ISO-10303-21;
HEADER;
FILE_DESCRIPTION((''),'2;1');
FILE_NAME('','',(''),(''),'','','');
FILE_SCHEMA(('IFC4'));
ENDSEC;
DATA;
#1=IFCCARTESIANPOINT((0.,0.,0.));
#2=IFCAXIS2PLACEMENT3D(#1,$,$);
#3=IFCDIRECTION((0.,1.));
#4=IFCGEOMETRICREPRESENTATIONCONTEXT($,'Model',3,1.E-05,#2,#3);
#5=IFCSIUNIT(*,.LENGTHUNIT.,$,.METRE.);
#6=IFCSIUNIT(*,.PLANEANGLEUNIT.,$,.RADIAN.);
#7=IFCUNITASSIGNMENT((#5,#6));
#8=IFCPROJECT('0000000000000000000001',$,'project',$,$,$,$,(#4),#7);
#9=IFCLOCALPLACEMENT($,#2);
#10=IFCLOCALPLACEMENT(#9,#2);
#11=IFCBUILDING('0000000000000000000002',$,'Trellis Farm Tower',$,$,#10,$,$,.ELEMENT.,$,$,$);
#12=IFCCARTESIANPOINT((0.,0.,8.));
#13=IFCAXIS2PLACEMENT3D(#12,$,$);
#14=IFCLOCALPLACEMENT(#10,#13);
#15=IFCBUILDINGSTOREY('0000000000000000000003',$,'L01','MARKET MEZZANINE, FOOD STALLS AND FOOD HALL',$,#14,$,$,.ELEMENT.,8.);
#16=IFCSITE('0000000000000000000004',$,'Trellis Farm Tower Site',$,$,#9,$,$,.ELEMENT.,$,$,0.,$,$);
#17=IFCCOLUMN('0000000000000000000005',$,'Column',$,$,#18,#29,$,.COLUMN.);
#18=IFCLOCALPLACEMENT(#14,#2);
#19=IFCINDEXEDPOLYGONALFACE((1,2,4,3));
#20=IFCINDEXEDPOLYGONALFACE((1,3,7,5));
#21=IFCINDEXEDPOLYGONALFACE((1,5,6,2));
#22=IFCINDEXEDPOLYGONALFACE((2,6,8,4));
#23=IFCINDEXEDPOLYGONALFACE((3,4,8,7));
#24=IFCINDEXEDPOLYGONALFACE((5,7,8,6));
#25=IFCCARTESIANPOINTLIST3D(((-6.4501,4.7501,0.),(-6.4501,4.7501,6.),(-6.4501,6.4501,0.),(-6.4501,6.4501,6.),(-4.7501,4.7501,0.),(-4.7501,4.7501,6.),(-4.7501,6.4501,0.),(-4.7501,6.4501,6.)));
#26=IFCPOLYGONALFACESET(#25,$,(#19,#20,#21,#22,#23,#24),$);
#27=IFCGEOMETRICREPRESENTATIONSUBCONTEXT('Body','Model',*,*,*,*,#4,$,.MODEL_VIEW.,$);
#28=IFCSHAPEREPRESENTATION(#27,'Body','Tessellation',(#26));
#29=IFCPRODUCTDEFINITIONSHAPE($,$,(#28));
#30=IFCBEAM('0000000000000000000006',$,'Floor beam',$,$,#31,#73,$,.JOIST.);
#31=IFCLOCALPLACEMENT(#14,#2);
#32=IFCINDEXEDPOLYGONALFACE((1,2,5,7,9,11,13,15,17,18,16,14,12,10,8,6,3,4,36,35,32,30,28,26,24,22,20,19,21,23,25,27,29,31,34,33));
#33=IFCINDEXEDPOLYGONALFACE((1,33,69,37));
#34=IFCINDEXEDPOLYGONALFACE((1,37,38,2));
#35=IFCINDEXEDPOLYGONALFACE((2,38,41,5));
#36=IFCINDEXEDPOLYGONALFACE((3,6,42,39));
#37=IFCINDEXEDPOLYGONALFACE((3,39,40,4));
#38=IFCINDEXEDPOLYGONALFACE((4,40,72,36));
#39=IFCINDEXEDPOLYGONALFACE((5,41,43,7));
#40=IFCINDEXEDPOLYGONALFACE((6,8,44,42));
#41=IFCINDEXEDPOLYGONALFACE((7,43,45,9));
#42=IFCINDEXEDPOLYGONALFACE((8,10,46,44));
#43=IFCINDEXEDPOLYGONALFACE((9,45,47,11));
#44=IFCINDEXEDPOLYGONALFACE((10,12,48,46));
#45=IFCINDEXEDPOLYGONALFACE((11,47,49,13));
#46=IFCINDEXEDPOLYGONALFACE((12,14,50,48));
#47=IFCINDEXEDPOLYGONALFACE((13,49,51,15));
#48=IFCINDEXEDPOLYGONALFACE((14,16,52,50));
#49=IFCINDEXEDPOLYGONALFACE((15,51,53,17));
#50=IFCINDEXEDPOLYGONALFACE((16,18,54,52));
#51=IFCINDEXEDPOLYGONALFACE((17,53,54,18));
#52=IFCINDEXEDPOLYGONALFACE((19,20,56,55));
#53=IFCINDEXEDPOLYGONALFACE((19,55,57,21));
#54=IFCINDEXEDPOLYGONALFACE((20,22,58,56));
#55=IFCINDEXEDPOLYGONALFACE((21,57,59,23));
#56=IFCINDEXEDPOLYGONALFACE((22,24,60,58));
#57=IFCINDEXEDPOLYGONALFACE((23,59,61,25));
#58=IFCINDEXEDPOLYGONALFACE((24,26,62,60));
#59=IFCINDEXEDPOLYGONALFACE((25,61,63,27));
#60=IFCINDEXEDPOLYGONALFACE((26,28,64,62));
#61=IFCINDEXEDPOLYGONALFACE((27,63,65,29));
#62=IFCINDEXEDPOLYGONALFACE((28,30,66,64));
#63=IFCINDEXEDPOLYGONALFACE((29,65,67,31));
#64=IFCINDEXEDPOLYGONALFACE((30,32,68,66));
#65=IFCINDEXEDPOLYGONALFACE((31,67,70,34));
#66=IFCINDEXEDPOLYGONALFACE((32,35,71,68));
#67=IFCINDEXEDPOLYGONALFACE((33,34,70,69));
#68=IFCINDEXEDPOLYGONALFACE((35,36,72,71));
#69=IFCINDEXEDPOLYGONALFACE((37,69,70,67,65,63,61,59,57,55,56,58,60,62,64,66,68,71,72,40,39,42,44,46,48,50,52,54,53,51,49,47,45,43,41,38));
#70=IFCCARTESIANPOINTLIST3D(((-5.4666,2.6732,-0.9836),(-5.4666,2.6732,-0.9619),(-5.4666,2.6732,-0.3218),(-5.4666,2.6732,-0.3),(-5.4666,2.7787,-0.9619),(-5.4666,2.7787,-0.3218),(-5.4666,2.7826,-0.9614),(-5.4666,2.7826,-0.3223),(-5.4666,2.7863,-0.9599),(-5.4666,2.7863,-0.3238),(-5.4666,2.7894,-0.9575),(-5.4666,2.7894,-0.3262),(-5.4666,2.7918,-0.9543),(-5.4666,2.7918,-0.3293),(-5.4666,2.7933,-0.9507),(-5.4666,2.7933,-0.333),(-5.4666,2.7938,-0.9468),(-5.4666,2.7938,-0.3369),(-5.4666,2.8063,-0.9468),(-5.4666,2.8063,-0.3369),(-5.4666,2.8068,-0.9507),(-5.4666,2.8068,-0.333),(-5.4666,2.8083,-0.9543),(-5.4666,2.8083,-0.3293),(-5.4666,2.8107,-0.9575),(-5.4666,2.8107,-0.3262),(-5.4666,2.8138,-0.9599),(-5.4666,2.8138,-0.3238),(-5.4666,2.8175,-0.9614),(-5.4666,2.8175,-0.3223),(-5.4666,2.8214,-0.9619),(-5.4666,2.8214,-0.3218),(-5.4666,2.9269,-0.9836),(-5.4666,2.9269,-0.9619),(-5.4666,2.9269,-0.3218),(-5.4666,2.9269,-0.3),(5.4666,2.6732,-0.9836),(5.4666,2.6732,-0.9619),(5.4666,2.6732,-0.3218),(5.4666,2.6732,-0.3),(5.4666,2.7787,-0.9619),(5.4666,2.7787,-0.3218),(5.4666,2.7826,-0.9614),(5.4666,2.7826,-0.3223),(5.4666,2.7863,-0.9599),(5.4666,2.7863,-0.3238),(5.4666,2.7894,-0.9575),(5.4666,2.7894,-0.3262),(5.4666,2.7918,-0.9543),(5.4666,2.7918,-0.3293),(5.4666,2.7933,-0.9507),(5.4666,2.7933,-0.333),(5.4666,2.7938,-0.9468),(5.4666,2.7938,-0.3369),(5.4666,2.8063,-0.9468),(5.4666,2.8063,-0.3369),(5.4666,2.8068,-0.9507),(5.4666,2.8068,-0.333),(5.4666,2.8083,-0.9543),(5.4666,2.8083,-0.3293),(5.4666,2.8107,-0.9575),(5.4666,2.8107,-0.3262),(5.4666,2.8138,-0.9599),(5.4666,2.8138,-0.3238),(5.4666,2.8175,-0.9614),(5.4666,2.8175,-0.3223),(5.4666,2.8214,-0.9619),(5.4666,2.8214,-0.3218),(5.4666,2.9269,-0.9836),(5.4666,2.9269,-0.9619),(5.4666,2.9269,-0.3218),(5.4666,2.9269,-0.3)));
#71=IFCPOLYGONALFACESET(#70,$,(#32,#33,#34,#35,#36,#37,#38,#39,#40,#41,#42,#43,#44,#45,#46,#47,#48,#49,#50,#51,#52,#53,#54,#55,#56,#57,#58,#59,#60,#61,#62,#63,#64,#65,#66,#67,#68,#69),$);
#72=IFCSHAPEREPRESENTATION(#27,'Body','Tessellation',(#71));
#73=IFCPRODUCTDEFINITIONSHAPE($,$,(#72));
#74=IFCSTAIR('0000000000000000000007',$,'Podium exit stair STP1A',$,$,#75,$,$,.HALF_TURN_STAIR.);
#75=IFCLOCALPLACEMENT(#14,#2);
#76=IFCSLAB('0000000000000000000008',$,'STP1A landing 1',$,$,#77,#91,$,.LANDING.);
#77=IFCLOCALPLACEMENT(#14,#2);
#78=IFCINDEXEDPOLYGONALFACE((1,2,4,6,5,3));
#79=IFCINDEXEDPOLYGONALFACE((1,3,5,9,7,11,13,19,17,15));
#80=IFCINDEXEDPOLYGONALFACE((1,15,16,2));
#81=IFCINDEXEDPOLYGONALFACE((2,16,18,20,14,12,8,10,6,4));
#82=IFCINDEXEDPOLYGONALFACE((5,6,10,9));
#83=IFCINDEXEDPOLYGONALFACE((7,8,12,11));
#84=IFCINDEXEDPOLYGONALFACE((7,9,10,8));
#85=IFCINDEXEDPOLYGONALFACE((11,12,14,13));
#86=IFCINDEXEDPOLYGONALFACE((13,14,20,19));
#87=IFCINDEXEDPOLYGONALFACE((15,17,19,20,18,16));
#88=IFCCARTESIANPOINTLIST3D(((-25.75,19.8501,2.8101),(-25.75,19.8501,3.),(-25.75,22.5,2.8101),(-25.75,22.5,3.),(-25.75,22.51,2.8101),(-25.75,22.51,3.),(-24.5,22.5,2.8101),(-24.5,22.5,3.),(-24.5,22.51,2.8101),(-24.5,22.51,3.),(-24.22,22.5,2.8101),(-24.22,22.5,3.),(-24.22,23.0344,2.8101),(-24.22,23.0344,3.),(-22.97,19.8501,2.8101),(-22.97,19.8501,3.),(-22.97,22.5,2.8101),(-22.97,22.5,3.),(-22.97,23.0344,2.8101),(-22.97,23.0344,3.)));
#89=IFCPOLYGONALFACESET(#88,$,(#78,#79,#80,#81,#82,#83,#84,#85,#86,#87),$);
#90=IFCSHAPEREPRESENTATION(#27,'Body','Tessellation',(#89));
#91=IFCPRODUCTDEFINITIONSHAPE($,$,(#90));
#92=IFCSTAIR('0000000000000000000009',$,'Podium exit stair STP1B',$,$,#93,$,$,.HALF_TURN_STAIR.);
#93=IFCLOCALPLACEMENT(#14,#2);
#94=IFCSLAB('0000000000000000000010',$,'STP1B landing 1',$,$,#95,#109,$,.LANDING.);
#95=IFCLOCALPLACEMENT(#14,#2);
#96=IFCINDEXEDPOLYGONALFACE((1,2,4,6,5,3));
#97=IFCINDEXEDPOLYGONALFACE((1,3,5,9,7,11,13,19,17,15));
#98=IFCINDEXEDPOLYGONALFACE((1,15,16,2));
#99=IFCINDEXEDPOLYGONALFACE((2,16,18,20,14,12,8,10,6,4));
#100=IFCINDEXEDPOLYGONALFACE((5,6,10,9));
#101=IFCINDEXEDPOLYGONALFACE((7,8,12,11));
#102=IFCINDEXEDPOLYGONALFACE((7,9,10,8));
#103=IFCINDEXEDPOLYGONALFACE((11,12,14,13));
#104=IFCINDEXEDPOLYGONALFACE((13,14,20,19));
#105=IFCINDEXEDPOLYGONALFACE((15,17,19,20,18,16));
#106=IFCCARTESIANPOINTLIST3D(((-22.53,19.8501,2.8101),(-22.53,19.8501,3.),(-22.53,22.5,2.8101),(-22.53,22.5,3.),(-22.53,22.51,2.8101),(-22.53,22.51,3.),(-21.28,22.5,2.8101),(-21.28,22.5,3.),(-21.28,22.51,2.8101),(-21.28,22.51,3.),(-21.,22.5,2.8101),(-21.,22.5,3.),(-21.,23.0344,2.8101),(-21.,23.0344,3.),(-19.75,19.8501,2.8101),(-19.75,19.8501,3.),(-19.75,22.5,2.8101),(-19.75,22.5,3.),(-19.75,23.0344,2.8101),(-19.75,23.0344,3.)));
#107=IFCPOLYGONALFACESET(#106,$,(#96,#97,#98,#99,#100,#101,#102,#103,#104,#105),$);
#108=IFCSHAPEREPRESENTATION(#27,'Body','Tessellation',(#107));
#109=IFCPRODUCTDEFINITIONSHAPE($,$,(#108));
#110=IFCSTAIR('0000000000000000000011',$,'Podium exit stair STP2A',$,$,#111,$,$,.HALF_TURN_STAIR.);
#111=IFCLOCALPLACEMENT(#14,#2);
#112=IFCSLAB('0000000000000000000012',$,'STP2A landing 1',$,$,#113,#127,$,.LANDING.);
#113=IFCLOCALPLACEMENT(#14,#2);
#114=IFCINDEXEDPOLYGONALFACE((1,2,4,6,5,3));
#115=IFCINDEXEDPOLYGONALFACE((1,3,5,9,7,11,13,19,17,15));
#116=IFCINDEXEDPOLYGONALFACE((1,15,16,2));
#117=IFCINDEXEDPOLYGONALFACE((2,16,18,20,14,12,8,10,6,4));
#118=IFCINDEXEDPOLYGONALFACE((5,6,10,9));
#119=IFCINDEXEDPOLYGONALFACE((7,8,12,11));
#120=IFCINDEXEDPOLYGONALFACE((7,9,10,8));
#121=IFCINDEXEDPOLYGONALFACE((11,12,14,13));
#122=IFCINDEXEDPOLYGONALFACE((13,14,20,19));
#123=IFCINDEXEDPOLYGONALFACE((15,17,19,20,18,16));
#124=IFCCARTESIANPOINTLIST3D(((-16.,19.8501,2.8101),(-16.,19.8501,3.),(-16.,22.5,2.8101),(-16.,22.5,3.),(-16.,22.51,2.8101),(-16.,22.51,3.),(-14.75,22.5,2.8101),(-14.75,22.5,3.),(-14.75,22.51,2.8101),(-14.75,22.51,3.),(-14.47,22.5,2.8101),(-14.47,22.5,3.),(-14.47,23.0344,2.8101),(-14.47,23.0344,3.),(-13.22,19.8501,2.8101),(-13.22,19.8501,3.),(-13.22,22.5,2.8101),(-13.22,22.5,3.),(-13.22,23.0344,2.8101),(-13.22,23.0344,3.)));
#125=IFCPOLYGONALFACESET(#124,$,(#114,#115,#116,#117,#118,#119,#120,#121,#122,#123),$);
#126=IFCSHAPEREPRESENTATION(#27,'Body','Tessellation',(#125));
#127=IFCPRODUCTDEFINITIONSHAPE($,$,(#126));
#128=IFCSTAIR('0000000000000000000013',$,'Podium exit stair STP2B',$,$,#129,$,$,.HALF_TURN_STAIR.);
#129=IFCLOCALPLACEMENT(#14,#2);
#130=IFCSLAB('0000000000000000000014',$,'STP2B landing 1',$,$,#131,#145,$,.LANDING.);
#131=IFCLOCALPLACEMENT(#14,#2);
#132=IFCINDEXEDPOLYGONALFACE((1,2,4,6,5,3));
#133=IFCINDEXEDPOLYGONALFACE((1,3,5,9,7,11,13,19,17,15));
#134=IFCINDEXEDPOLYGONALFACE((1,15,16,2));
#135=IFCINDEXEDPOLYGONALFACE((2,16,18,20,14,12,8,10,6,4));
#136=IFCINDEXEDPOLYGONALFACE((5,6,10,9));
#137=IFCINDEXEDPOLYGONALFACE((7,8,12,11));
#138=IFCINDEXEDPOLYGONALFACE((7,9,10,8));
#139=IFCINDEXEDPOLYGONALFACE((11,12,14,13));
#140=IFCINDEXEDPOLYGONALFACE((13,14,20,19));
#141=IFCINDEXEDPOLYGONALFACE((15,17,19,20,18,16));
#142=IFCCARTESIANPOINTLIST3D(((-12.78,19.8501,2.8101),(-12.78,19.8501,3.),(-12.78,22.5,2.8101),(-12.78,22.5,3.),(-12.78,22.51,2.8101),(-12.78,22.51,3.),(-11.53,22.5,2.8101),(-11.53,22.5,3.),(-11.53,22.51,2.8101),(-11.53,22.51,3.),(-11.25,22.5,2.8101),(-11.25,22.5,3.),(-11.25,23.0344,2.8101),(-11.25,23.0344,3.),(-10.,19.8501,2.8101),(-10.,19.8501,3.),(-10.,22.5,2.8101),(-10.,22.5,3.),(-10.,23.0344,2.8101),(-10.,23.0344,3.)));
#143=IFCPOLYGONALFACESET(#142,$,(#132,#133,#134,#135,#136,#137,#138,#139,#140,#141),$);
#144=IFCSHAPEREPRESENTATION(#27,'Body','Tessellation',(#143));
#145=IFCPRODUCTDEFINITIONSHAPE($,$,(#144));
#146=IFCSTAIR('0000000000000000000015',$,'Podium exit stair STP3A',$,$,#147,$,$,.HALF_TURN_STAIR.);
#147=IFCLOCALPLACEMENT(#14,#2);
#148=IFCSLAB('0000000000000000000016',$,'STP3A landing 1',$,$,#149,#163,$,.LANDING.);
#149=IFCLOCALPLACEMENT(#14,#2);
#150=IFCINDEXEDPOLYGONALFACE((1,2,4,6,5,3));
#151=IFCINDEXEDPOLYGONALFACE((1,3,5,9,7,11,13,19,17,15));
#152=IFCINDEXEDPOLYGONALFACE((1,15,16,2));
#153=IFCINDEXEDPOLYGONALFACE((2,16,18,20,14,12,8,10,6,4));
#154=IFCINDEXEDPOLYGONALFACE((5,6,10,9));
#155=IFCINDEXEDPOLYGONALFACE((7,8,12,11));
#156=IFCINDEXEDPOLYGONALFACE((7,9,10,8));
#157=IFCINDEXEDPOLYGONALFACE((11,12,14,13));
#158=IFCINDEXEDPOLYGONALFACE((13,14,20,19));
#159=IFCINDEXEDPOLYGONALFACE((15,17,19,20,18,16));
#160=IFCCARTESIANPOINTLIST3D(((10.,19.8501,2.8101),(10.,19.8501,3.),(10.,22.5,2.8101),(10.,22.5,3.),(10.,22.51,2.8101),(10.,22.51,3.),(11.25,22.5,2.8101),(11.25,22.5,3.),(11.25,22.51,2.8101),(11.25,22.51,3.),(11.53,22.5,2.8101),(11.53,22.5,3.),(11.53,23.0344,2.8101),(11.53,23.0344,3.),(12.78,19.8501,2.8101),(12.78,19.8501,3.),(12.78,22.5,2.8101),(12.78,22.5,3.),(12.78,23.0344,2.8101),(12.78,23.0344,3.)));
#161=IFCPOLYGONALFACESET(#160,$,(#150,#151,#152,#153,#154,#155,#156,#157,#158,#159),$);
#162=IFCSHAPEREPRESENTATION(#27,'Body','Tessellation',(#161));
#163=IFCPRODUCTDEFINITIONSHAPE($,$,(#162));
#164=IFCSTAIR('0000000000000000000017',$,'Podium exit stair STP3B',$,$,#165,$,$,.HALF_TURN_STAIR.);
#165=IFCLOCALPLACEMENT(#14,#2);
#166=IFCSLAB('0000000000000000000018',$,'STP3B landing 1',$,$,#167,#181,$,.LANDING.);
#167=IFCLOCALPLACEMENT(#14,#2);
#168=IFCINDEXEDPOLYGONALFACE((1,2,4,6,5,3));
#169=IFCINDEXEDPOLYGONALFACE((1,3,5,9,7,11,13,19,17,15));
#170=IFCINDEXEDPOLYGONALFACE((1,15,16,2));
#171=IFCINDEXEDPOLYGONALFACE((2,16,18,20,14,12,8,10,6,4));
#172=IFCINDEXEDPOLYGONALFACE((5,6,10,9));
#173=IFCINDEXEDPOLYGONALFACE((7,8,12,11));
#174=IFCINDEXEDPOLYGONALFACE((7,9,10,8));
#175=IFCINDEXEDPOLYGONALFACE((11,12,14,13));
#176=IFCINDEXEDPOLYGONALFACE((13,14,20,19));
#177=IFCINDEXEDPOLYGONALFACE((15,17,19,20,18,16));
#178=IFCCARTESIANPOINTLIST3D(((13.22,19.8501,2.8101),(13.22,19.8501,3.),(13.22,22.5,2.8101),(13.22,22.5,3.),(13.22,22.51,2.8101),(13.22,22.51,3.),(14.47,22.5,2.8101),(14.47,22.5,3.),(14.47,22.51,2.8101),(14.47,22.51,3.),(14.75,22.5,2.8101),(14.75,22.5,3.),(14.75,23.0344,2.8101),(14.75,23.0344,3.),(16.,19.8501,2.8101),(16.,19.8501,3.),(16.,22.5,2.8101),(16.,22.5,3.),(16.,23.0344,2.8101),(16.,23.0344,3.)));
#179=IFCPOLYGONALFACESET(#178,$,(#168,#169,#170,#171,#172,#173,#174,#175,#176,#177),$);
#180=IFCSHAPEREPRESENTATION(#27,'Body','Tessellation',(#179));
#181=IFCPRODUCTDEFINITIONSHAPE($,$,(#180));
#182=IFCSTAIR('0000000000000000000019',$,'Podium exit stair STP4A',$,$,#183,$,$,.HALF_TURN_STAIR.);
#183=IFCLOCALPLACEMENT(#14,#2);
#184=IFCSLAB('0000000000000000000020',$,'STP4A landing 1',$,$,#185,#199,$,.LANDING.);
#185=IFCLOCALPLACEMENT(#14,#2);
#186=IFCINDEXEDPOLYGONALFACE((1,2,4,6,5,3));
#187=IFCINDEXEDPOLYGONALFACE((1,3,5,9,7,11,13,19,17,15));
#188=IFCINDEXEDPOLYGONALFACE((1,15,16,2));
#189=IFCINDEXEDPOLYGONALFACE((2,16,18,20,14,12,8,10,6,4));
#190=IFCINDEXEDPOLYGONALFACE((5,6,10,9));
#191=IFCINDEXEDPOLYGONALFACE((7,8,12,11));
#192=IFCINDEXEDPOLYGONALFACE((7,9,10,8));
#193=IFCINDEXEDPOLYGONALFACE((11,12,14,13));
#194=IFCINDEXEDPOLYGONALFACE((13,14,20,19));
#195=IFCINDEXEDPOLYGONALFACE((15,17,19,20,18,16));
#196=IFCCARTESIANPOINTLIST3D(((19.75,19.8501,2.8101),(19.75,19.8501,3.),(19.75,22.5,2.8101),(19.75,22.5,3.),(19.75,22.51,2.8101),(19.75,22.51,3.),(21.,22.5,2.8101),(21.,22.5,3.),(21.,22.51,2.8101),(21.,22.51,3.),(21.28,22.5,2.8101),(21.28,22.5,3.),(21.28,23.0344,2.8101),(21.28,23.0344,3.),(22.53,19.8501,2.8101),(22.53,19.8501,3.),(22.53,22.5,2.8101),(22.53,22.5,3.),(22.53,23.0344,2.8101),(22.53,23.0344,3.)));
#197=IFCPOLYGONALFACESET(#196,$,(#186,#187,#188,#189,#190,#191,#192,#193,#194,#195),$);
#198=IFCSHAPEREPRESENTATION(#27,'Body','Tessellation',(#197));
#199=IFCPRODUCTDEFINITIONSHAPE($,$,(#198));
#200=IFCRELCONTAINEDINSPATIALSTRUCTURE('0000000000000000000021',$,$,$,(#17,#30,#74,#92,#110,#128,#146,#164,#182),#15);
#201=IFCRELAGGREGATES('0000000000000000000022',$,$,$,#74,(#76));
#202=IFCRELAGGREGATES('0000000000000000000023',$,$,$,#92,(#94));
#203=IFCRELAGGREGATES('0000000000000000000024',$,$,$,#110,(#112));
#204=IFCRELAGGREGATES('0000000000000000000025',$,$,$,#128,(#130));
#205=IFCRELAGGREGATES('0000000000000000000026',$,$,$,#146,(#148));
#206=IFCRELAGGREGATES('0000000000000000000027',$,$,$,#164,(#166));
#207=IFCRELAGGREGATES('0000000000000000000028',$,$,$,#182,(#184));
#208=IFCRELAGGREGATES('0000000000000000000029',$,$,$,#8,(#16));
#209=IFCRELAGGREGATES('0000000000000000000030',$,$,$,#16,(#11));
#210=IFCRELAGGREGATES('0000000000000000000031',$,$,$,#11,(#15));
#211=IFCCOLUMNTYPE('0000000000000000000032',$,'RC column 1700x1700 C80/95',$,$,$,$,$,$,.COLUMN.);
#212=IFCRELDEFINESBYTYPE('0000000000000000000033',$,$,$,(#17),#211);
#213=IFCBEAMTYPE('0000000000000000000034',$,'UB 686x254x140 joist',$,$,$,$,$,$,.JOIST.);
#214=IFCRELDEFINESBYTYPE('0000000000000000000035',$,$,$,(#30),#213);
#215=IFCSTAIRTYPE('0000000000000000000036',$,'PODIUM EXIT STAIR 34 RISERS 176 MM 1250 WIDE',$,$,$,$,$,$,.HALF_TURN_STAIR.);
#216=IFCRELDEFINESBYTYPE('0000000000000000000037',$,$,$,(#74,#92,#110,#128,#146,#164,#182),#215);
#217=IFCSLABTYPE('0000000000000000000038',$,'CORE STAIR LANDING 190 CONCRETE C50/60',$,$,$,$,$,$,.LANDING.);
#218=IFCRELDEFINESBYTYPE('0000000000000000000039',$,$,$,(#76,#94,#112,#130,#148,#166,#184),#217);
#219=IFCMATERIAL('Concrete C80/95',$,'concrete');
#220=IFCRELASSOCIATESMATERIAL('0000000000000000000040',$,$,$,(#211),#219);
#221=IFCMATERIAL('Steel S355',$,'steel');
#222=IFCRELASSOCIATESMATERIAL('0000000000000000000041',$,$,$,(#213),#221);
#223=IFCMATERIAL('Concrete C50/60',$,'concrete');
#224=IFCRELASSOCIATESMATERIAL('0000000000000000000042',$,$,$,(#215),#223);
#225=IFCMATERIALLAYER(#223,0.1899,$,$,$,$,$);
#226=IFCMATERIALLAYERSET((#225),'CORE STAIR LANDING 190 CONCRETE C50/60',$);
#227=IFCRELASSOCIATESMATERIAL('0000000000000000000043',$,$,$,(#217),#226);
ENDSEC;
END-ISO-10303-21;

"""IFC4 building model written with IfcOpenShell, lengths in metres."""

from ifc_helpers import new_model, si_unit, direction, frame, origin, origin_2d, place, context, subcontext, project, spatial, polyline, rectangle, i_section, outline, extrude, source, transform, mapped, material, layer, layer_set, material_profile, profile_set, type_object, element, aggregate, save


model = new_model("IFC4")

# Units and contexts
model_context = context("Model", 3, precision=1e-05, world=origin(), true_north=direction((0.0, 1.0)))
body_context = subcontext(model_context, "Body", "Model", "MODEL_VIEW")
ifc_project = project(units=[si_unit("LENGTHUNIT", "METRE"), si_unit("PLANEANGLEUNIT", "RADIAN")], contexts=[model_context])

# Site, building, storey
site_placement = place(None, origin())
site = spatial("IfcSite", under=ifc_project, at=site_placement, Name="Trellis Farm Tower Site", CompositionType="ELEMENT", RefElevation=0.0)
building_placement = place(site_placement, origin())
building = spatial("IfcBuilding", under=site, at=building_placement, Name="Trellis Farm Tower", CompositionType="ELEMENT")
storey_placement = place(building_placement, frame((0.0, 0.0, 8.0)))
storey = spatial("IfcBuildingStorey", under=building, at=storey_placement, Name="L01", Description="MARKET MEZZANINE, FOOD STALLS AND FOOD HALL", CompositionType="ELEMENT", Elevation=8.0)

# Column
ifc_material_1 = material(Name="Concrete C80/95", Category="concrete")
ifc_material_profile_1 = material_profile(ifc_material_1, rectangle(XDim=1.7, YDim=1.7, at=origin_2d()), Name="RC column 1700x1700 C80/95")
ifc_profile_set_1 = profile_set([ifc_material_profile_1], Name="Concrete C80/95")
column_type = type_object("IfcColumnType", Name="RC column 1700x1700 C80/95", PredefinedType="COLUMN", material=ifc_profile_set_1)
shared_shape_1 = source(origin(), body_context, "Body", "SweptSolid", [
    extrude(rectangle(XDim=1.7, YDim=1.7, at=origin_2d()), origin(), (0.0, 0.0, 1.0), 6.0),
])
column_placement = place(storey_placement, frame((-5.6001, 5.6001, 0.0), z_axis=(0.0, 0.0, 1.0), x_axis=(1.0, 0.0, 0.0)))
element("IfcColumn", 1, at=column_placement, inside=storey, type_object=column_type, Name="Column", PredefinedType="COLUMN", context=body_context, shape_type="MappedRepresentation", body=[
    mapped(shared_shape_1, transform((0.0, 0.0, 0.0))),
])

# Beam
ifc_material_2 = material(Name="Steel S355", Category="steel")
ifc_material_profile_2 = material_profile(ifc_material_2, i_section(OverallWidth=0.2537, OverallDepth=0.6836, WebThickness=0.0125, FlangeThickness=0.0217, FilletRadius=0.0151, at=origin_2d()), Name="UB 686x254x140")
ifc_profile_set_2 = profile_set([ifc_material_profile_2], Name="Steel S355")
beam_type = type_object("IfcBeamType", Name="UB 686x254x140 joist", PredefinedType="JOIST", material=ifc_profile_set_2)
shared_shape_2 = source(origin(), body_context, "Body", "SweptSolid", [
    extrude(i_section(OverallWidth=0.2537, OverallDepth=0.6836, WebThickness=0.0125, FlangeThickness=0.0217, FilletRadius=0.0151, at=origin_2d()), origin(), (0.0, 0.0, 1.0), 10.9331),
])
beam_placement = place(storey_placement, frame((-5.4666, 2.8, -0.6418), z_axis=(1.0, 0.0, 0.0), x_axis=(0.0, 1.0, 0.0)))
element("IfcBeam", 2, at=beam_placement, inside=storey, type_object=beam_type, Name="Floor beam", PredefinedType="JOIST", context=body_context, shape_type="MappedRepresentation", body=[
    mapped(shared_shape_2, transform((0.0, 0.0, 0.0))),
])

# Stairs, slabs
ifc_material_3 = material(Name="Concrete C50/60", Category="concrete")
stair_type_1 = type_object("IfcStairType", Name="PODIUM EXIT STAIR 34 RISERS 176 MM 1250 WIDE", PredefinedType="HALF_TURN_STAIR", material=ifc_material_3)
placement_1 = place(storey_placement, origin())
stair_1 = element("IfcStair", 3, at=placement_1, inside=storey, type_object=stair_type_1, Name="Podium exit stair STP1A", PredefinedType="HALF_TURN_STAIR")
ifc_layer_1 = layer(ifc_material_3, 0.1899)
ifc_layer_set_1 = layer_set([ifc_layer_1], Name="CORE STAIR LANDING 190 CONCRETE C50/60")
slab_type_1 = type_object("IfcSlabType", Name="CORE STAIR LANDING 190 CONCRETE C50/60", PredefinedType="LANDING", material=ifc_layer_set_1)
placement_2 = place(storey_placement, frame((0.0, 0.0, 2.8101)))
slab_1 = element("IfcSlab", 4, at=placement_2, type_object=slab_type_1, Name="STP1A landing 1", PredefinedType="LANDING", context=body_context, shape_type="SweptSolid", body=[
    extrude(outline(polyline([(-22.97, 19.8501), (-25.75, 19.8501), (-25.75, 22.5), (-25.75, 22.51), (-24.5, 22.51), (-24.5, 22.5), (-24.22, 22.5), (-24.22, 23.0344), (-22.97, 23.0344), (-22.97, 22.5), (-22.97, 19.8501)])), origin(), (0.0, 0.0, 1.0), 0.1899),
])
aggregate(stair_1, [slab_1])
stair_2 = element("IfcStair", 5, at=placement_1, inside=storey, type_object=stair_type_1, Name="Podium exit stair STP1B", PredefinedType="HALF_TURN_STAIR")
slab_2 = element("IfcSlab", 6, at=placement_2, type_object=slab_type_1, Name="STP1B landing 1", PredefinedType="LANDING", context=body_context, shape_type="SweptSolid", body=[
    extrude(outline(polyline([(-19.75, 19.8501), (-22.53, 19.8501), (-22.53, 22.5), (-22.53, 22.51), (-21.28, 22.51), (-21.28, 22.5), (-21.0, 22.5), (-21.0, 23.0344), (-19.75, 23.0344), (-19.75, 22.5), (-19.75, 19.8501)])), origin(), (0.0, 0.0, 1.0), 0.1899),
])
aggregate(stair_2, [slab_2])
stair_3 = element("IfcStair", 7, at=placement_1, inside=storey, type_object=stair_type_1, Name="Podium exit stair STP2A", PredefinedType="HALF_TURN_STAIR")
slab_3 = element("IfcSlab", 8, at=placement_2, type_object=slab_type_1, Name="STP2A landing 1", PredefinedType="LANDING", context=body_context, shape_type="SweptSolid", body=[
    extrude(outline(polyline([(-13.22, 19.8501), (-16.0, 19.8501), (-16.0, 22.5), (-16.0, 22.51), (-14.75, 22.51), (-14.75, 22.5), (-14.47, 22.5), (-14.47, 23.0344), (-13.22, 23.0344), (-13.22, 22.5), (-13.22, 19.8501)])), origin(), (0.0, 0.0, 1.0), 0.1899),
])
aggregate(stair_3, [slab_3])
stair_4 = element("IfcStair", 9, at=placement_1, inside=storey, type_object=stair_type_1, Name="Podium exit stair STP2B", PredefinedType="HALF_TURN_STAIR")
slab_4 = element("IfcSlab", 10, at=placement_2, type_object=slab_type_1, Name="STP2B landing 1", PredefinedType="LANDING", context=body_context, shape_type="SweptSolid", body=[
    extrude(outline(polyline([(-10.0, 19.8501), (-12.78, 19.8501), (-12.78, 22.5), (-12.78, 22.51), (-11.53, 22.51), (-11.53, 22.5), (-11.25, 22.5), (-11.25, 23.0344), (-10.0, 23.0344), (-10.0, 22.5), (-10.0, 19.8501)])), origin(), (0.0, 0.0, 1.0), 0.1899),
])
aggregate(stair_4, [slab_4])
stair_5 = element("IfcStair", 11, at=placement_1, inside=storey, type_object=stair_type_1, Name="Podium exit stair STP3A", PredefinedType="HALF_TURN_STAIR")
slab_5 = element("IfcSlab", 12, at=placement_2, type_object=slab_type_1, Name="STP3A landing 1", PredefinedType="LANDING", context=body_context, shape_type="SweptSolid", body=[
    extrude(outline(polyline([(12.78, 19.8501), (10.0, 19.8501), (10.0, 22.5), (10.0, 22.51), (11.25, 22.51), (11.25, 22.5), (11.53, 22.5), (11.53, 23.0344), (12.78, 23.0344), (12.78, 22.5), (12.78, 19.8501)])), origin(), (0.0, 0.0, 1.0), 0.1899),
])
aggregate(stair_5, [slab_5])
stair_6 = element("IfcStair", 13, at=placement_1, inside=storey, type_object=stair_type_1, Name="Podium exit stair STP3B", PredefinedType="HALF_TURN_STAIR")
slab_6 = element("IfcSlab", 14, at=placement_2, type_object=slab_type_1, Name="STP3B landing 1", PredefinedType="LANDING", context=body_context, shape_type="SweptSolid", body=[
    extrude(outline(polyline([(16.0, 19.8501), (13.22, 19.8501), (13.22, 22.5), (13.22, 22.51), (14.47, 22.51), (14.47, 22.5), (14.75, 22.5), (14.75, 23.0344), (16.0, 23.0344), (16.0, 22.5), (16.0, 19.8501)])), origin(), (0.0, 0.0, 1.0), 0.1899),
])
aggregate(stair_6, [slab_6])
stair_7 = element("IfcStair", 15, at=placement_1, inside=storey, type_object=stair_type_1, Name="Podium exit stair STP4A", PredefinedType="HALF_TURN_STAIR")
slab_7 = element("IfcSlab", 16, at=placement_2, type_object=slab_type_1, Name="STP4A landing 1", PredefinedType="LANDING", context=body_context, shape_type="SweptSolid", body=[
    extrude(outline(polyline([(22.53, 19.8501), (19.75, 19.8501), (19.75, 22.5), (19.75, 22.51), (21.0, 22.51), (21.0, 22.5), (21.28, 22.5), (21.28, 23.0344), (22.53, 23.0344), (22.53, 22.5), (22.53, 19.8501)])), origin(), (0.0, 0.0, 1.0), 0.1899),
])
aggregate(stair_7, [slab_7])

save(model, "model.ifc")
